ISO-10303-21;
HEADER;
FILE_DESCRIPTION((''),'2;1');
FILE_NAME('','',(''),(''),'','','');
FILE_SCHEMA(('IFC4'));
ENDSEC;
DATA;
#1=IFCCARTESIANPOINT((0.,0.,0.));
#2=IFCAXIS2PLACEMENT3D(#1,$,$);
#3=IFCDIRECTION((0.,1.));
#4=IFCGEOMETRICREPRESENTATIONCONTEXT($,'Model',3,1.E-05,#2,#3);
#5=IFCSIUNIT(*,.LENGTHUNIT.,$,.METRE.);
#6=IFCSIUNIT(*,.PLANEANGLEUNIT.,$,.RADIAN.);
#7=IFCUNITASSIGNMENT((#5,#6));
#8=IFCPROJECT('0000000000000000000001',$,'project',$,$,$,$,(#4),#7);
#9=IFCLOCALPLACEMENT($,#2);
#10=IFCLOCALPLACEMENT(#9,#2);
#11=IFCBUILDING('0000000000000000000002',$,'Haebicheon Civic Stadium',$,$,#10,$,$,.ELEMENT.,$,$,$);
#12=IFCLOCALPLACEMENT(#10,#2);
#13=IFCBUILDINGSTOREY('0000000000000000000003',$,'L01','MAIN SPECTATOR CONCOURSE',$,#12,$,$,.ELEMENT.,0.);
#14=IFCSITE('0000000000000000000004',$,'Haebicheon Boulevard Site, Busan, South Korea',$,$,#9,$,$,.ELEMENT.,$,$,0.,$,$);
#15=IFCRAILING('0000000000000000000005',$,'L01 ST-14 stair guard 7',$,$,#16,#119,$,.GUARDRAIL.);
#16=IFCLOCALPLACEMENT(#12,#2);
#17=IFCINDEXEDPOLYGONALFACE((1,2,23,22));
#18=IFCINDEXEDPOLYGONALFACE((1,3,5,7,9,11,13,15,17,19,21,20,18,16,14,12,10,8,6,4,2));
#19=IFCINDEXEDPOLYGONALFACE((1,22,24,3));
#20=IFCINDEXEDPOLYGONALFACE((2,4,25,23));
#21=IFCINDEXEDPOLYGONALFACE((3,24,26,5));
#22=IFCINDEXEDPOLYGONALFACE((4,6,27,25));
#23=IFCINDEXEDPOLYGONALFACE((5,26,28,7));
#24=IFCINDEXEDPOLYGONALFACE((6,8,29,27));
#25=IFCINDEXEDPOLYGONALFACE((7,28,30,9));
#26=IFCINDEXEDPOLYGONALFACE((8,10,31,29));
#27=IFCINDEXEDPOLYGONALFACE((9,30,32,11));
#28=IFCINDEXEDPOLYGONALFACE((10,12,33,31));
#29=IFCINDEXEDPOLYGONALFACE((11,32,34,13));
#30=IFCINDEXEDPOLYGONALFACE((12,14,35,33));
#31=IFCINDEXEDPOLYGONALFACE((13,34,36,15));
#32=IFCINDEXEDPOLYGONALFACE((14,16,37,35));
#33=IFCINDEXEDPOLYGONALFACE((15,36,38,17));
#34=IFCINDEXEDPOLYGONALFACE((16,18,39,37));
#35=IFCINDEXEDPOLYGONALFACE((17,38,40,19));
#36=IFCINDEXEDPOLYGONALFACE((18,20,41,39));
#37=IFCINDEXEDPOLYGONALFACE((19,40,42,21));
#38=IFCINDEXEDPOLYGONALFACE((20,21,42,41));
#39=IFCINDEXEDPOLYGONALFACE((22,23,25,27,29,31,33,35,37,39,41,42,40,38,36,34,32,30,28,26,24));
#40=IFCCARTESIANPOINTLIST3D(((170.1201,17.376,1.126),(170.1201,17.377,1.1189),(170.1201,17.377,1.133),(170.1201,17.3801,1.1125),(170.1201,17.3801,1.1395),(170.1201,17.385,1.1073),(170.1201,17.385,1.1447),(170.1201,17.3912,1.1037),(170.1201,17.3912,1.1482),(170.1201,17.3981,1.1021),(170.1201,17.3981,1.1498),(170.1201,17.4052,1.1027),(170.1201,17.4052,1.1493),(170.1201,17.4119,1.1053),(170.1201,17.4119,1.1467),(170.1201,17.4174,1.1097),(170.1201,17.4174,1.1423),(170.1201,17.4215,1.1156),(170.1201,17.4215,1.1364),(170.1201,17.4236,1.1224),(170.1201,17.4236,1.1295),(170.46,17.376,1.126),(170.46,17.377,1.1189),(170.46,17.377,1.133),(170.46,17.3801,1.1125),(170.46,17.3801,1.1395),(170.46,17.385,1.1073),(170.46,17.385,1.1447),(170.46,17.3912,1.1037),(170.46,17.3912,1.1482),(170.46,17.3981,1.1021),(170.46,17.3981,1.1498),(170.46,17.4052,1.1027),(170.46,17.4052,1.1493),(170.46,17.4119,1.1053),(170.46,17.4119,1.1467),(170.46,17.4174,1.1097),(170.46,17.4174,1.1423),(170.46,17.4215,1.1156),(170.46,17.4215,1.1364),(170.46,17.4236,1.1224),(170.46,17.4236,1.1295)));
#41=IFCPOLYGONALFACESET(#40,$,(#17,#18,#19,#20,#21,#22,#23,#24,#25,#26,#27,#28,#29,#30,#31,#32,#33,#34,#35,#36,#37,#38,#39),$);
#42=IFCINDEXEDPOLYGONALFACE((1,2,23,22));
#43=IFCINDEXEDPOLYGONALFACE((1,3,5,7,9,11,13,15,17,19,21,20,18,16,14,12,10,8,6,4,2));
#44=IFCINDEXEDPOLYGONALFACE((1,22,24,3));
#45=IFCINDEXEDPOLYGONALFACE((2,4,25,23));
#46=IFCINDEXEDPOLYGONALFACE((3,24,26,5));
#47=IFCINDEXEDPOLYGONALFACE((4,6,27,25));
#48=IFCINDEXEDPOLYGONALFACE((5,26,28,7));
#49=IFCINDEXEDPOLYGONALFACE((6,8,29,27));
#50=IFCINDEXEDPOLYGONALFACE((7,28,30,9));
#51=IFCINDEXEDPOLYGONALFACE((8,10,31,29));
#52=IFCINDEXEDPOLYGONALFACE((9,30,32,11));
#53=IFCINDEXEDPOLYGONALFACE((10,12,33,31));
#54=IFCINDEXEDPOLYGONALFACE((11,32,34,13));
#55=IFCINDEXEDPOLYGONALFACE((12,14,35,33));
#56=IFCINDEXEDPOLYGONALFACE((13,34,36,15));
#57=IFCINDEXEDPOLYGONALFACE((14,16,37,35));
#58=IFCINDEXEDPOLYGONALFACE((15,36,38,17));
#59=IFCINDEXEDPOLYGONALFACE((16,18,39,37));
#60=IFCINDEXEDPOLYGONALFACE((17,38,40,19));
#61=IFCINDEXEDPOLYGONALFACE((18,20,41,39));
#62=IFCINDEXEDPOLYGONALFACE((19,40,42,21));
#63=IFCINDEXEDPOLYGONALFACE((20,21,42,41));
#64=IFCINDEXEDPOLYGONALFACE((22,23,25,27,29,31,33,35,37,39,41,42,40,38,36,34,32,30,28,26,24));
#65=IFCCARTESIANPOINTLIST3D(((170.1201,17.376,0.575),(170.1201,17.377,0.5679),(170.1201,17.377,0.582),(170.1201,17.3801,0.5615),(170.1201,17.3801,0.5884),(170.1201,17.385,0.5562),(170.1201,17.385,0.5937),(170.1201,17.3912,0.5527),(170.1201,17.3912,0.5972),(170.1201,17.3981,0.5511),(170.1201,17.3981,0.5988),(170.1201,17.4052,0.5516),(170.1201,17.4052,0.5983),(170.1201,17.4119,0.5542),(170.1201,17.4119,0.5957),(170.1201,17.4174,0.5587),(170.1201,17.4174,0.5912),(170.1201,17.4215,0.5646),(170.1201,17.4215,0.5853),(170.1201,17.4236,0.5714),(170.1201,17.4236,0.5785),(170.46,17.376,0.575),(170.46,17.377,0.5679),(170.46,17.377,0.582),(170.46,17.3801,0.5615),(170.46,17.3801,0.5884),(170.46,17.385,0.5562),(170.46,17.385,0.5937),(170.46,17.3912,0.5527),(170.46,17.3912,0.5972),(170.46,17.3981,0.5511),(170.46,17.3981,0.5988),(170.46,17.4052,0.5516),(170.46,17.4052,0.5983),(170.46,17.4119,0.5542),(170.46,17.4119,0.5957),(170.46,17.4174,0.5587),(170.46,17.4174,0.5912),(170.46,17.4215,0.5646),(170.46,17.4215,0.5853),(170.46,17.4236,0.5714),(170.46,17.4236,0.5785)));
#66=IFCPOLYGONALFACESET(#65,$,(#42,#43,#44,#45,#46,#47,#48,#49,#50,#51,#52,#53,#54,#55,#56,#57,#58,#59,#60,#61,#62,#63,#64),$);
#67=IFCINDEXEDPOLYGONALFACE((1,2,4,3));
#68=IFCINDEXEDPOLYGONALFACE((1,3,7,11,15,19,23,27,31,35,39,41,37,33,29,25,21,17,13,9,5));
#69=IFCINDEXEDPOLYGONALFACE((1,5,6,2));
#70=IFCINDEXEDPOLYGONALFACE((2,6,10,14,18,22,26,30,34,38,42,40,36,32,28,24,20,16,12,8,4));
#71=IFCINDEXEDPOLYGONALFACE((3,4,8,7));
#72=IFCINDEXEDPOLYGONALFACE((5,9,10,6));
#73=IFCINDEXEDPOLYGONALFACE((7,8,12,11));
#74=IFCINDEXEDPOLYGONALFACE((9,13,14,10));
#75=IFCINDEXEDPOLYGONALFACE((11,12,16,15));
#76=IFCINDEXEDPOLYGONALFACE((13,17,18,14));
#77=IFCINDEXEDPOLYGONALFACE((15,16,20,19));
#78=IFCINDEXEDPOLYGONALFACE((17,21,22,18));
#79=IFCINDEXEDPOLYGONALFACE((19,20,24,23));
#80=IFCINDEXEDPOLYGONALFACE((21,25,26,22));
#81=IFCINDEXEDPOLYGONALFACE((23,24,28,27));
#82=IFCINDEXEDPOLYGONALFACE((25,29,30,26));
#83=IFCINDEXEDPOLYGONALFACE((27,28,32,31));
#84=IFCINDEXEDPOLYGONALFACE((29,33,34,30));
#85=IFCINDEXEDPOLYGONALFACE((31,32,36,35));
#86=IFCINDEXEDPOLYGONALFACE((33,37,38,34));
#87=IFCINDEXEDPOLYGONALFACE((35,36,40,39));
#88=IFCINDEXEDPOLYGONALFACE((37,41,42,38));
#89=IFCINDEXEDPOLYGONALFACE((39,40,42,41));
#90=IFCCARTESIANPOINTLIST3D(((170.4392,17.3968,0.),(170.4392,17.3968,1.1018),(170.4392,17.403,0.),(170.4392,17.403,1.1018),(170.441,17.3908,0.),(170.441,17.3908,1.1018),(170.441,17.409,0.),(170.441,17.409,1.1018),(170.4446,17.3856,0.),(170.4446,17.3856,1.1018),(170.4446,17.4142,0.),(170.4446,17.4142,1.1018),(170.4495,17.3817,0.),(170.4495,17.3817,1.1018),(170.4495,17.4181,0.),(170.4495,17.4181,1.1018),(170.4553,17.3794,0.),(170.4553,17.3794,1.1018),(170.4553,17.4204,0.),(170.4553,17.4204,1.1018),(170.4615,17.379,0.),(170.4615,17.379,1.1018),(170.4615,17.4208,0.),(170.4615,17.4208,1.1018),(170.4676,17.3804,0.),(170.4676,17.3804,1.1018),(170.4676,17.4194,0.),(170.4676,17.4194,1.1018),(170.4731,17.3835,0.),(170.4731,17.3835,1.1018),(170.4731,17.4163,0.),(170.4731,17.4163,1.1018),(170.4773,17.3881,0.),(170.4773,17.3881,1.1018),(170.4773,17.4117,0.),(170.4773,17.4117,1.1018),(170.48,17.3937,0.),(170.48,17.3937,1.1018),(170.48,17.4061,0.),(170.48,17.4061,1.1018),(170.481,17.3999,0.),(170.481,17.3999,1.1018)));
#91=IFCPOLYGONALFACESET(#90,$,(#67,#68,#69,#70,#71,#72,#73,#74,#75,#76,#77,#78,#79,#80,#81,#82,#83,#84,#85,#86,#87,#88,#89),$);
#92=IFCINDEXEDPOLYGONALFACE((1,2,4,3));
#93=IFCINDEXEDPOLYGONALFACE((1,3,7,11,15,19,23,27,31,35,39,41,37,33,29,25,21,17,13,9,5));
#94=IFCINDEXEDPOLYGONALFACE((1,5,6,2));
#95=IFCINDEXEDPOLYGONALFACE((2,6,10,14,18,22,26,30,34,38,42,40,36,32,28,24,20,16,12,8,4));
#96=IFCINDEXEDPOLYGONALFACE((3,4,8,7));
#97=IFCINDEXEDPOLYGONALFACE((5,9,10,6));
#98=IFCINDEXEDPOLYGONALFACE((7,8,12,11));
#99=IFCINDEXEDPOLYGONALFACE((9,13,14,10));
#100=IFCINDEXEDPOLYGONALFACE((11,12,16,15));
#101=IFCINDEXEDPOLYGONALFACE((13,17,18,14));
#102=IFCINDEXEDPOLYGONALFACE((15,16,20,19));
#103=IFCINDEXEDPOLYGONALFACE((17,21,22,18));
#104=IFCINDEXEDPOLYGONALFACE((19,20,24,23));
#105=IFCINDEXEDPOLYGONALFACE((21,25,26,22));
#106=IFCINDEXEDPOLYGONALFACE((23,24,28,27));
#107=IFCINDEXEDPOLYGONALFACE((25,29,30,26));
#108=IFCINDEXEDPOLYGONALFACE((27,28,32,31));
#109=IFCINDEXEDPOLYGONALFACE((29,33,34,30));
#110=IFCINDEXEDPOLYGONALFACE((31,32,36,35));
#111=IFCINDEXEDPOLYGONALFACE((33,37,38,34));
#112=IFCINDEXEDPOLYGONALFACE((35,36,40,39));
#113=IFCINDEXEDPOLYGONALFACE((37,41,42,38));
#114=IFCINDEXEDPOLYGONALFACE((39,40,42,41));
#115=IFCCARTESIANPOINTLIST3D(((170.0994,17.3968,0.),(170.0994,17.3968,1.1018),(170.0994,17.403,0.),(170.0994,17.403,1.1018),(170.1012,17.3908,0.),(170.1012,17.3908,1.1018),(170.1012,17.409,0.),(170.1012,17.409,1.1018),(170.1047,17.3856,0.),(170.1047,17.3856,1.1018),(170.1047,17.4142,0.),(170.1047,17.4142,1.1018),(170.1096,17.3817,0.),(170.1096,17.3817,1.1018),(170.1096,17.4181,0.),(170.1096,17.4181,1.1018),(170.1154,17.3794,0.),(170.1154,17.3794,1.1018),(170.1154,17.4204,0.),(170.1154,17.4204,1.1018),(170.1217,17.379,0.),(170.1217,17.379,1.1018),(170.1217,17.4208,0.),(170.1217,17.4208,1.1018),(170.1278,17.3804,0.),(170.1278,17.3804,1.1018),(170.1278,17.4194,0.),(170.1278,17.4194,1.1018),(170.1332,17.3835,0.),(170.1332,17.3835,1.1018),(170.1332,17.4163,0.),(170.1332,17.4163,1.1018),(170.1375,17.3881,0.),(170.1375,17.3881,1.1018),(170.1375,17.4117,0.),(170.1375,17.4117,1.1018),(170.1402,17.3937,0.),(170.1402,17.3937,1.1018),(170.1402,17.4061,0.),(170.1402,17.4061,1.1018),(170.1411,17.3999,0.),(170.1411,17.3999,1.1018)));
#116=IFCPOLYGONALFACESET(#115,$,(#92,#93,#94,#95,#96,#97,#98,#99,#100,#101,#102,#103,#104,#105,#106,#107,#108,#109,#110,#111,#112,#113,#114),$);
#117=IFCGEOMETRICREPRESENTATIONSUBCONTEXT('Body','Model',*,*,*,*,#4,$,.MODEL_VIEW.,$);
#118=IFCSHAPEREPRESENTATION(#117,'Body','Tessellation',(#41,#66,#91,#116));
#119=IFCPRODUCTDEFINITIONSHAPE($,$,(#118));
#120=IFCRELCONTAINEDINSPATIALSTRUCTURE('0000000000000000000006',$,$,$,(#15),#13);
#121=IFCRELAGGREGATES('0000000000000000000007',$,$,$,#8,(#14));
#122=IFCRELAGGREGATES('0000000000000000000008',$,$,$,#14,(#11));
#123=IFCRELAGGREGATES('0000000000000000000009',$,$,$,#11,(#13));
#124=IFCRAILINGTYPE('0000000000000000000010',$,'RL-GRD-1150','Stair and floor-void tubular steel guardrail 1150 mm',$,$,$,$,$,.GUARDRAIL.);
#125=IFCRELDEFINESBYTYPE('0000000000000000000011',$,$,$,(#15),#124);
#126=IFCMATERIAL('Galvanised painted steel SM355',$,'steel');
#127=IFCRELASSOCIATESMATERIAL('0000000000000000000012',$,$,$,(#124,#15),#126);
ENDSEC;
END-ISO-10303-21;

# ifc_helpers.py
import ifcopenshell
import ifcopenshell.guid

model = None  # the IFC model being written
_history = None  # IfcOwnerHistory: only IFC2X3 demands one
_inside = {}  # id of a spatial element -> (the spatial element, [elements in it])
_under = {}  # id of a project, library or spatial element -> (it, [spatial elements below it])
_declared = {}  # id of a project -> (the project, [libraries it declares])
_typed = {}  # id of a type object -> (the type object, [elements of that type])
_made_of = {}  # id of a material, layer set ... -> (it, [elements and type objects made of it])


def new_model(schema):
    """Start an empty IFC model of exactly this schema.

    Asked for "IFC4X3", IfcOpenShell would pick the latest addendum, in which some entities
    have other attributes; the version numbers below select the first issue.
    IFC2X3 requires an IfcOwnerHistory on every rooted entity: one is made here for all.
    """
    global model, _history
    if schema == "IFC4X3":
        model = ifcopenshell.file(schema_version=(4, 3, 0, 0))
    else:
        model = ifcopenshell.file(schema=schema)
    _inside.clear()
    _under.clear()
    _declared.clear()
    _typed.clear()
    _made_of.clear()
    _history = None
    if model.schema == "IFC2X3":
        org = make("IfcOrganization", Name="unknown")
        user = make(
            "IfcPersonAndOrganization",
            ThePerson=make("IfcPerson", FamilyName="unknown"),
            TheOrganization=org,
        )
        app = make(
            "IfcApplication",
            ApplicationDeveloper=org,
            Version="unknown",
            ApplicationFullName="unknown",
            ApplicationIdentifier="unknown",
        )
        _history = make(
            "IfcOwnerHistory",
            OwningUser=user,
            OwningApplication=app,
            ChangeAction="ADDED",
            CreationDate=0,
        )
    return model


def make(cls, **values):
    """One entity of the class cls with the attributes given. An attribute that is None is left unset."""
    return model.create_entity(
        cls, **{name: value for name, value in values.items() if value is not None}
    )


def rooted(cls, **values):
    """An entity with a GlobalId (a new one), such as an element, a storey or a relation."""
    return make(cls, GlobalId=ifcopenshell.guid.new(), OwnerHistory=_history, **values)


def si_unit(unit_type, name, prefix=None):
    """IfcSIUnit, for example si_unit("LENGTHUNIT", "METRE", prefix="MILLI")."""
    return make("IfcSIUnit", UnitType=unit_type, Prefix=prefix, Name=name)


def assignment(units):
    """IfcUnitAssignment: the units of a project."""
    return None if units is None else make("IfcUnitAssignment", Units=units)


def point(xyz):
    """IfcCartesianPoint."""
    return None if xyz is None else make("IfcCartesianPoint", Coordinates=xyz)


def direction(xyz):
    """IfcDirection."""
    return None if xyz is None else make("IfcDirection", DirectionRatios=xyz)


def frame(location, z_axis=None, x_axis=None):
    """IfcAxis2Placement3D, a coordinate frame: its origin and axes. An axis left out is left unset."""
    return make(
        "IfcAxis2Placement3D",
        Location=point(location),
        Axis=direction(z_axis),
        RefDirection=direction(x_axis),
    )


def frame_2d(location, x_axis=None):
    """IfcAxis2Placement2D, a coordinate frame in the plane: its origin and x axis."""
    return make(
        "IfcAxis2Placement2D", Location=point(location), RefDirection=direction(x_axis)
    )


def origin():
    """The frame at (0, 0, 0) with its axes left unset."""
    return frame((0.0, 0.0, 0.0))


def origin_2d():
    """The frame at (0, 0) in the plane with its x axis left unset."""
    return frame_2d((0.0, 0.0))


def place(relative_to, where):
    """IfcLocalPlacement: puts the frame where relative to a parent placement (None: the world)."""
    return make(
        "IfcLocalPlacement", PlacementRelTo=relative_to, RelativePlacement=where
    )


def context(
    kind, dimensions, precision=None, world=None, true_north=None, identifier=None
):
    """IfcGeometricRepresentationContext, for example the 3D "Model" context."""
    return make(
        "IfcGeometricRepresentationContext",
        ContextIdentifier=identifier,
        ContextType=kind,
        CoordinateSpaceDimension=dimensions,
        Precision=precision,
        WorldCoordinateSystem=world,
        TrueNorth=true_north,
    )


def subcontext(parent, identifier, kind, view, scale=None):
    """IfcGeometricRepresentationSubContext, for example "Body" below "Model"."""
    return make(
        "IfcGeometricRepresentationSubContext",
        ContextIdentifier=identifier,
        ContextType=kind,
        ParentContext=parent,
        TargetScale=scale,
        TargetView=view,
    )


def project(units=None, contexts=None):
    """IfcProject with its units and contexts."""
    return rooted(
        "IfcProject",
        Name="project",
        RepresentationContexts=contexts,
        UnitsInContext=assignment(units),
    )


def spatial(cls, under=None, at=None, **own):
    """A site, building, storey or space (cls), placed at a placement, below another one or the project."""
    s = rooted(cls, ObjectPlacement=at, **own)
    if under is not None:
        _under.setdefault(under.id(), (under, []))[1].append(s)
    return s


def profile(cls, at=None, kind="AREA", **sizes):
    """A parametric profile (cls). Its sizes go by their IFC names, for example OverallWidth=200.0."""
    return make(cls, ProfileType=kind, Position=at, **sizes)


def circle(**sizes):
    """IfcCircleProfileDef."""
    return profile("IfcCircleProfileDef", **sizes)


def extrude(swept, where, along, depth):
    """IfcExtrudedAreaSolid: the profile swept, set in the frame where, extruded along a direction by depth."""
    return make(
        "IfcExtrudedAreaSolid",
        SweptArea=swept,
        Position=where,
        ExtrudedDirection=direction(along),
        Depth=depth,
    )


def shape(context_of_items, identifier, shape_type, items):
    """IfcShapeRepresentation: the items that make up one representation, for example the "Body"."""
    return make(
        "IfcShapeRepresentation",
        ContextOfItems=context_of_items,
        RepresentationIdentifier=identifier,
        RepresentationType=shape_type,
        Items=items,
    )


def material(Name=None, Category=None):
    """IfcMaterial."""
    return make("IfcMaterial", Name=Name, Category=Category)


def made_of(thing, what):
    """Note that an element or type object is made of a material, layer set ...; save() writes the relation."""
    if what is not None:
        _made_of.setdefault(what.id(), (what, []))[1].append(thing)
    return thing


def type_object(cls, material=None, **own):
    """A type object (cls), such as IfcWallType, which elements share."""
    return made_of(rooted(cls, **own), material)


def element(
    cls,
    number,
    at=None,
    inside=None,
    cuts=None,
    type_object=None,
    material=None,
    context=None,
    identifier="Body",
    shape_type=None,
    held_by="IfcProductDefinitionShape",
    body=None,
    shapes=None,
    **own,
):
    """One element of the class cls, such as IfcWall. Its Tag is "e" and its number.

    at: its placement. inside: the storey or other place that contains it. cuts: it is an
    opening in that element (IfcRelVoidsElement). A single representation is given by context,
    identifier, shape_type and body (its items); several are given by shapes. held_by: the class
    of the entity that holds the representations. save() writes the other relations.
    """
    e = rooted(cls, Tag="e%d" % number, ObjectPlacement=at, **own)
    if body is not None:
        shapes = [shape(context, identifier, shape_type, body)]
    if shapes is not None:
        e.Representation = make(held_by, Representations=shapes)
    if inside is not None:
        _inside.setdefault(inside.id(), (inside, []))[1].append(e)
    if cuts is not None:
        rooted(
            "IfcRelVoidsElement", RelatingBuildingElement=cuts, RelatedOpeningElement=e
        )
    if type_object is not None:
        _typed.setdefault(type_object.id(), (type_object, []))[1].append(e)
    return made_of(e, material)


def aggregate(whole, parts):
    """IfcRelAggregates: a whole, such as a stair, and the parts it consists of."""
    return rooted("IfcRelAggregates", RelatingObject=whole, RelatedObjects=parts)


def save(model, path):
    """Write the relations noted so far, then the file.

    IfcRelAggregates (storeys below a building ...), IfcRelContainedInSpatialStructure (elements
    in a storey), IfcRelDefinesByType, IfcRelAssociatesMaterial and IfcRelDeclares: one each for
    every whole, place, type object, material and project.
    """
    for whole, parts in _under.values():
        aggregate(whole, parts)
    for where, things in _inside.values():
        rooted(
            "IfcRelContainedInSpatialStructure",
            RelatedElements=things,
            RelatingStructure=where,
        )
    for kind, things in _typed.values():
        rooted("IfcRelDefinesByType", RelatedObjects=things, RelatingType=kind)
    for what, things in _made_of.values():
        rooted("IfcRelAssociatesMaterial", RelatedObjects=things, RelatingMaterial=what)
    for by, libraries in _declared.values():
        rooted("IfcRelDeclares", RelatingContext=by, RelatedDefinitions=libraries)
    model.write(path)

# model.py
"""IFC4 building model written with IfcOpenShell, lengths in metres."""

from ifc_helpers import new_model, si_unit, direction, frame, origin, origin_2d, place, context, subcontext, project, spatial, circle, extrude, material, type_object, element, save


model = new_model("IFC4")

# Units and contexts
model_context = context("Model", 3, precision=1e-05, world=origin(), true_north=direction((0.0, 1.0)))
body_context = subcontext(model_context, "Body", "Model", "MODEL_VIEW")
ifc_project = project(units=[si_unit("LENGTHUNIT", "METRE"), si_unit("PLANEANGLEUNIT", "RADIAN")], contexts=[model_context])

# Site, building, storey
site_placement = place(None, origin())
site = spatial("IfcSite", under=ifc_project, at=site_placement, Name="Haebicheon Boulevard Site, Busan, South Korea", CompositionType="ELEMENT", RefElevation=0.0)
building_placement = place(site_placement, origin())
building = spatial("IfcBuilding", under=site, at=building_placement, Name="Haebicheon Civic Stadium", CompositionType="ELEMENT")
storey_placement = place(building_placement, origin())
storey = spatial("IfcBuildingStorey", under=building, at=storey_placement, Name="L01", Description="MAIN SPECTATOR CONCOURSE", CompositionType="ELEMENT", Elevation=0.0)

# Railing
ifc_material_1 = material(Name="Galvanised painted steel SM355", Category="steel")
railing_type = type_object("IfcRailingType", Name="RL-GRD-1150", Description="Stair and floor-void tubular steel guardrail 1150 mm", PredefinedType="GUARDRAIL", material=ifc_material_1)
railing_placement = place(storey_placement, frame((170.46, 17.3999, 0.0)))
element("IfcRailing", 1, at=railing_placement, inside=storey, type_object=railing_type, material=ifc_material_1, Name="L01 ST-14 stair guard 7", PredefinedType="GUARDRAIL", context=body_context, shape_type="SweptSolid", body=[
    extrude(circle(Radius=0.0239, at=origin_2d()), frame((0.0, 0.0, 1.126), z_axis=(-1.0, 0.0, 0.0), x_axis=(0.0, -1.0, 0.0)), (0.0, 0.0, 1.0), 0.3398),
    extrude(circle(Radius=0.0239, at=origin_2d()), frame((0.0, 0.0, 0.575), z_axis=(-1.0, 0.0, 0.0), x_axis=(0.0, -1.0, 0.0)), (0.0, 0.0, 1.0), 0.3398),
    extrude(circle(Radius=0.021, at=origin_2d()), origin(), (0.0, 0.0, 1.0), 1.1018),
    extrude(circle(Radius=0.021, at=origin_2d()), frame((-0.3398, 0.0, 0.0)), (0.0, 0.0, 1.0), 1.1018),
])

save(model, "model.ifc")
